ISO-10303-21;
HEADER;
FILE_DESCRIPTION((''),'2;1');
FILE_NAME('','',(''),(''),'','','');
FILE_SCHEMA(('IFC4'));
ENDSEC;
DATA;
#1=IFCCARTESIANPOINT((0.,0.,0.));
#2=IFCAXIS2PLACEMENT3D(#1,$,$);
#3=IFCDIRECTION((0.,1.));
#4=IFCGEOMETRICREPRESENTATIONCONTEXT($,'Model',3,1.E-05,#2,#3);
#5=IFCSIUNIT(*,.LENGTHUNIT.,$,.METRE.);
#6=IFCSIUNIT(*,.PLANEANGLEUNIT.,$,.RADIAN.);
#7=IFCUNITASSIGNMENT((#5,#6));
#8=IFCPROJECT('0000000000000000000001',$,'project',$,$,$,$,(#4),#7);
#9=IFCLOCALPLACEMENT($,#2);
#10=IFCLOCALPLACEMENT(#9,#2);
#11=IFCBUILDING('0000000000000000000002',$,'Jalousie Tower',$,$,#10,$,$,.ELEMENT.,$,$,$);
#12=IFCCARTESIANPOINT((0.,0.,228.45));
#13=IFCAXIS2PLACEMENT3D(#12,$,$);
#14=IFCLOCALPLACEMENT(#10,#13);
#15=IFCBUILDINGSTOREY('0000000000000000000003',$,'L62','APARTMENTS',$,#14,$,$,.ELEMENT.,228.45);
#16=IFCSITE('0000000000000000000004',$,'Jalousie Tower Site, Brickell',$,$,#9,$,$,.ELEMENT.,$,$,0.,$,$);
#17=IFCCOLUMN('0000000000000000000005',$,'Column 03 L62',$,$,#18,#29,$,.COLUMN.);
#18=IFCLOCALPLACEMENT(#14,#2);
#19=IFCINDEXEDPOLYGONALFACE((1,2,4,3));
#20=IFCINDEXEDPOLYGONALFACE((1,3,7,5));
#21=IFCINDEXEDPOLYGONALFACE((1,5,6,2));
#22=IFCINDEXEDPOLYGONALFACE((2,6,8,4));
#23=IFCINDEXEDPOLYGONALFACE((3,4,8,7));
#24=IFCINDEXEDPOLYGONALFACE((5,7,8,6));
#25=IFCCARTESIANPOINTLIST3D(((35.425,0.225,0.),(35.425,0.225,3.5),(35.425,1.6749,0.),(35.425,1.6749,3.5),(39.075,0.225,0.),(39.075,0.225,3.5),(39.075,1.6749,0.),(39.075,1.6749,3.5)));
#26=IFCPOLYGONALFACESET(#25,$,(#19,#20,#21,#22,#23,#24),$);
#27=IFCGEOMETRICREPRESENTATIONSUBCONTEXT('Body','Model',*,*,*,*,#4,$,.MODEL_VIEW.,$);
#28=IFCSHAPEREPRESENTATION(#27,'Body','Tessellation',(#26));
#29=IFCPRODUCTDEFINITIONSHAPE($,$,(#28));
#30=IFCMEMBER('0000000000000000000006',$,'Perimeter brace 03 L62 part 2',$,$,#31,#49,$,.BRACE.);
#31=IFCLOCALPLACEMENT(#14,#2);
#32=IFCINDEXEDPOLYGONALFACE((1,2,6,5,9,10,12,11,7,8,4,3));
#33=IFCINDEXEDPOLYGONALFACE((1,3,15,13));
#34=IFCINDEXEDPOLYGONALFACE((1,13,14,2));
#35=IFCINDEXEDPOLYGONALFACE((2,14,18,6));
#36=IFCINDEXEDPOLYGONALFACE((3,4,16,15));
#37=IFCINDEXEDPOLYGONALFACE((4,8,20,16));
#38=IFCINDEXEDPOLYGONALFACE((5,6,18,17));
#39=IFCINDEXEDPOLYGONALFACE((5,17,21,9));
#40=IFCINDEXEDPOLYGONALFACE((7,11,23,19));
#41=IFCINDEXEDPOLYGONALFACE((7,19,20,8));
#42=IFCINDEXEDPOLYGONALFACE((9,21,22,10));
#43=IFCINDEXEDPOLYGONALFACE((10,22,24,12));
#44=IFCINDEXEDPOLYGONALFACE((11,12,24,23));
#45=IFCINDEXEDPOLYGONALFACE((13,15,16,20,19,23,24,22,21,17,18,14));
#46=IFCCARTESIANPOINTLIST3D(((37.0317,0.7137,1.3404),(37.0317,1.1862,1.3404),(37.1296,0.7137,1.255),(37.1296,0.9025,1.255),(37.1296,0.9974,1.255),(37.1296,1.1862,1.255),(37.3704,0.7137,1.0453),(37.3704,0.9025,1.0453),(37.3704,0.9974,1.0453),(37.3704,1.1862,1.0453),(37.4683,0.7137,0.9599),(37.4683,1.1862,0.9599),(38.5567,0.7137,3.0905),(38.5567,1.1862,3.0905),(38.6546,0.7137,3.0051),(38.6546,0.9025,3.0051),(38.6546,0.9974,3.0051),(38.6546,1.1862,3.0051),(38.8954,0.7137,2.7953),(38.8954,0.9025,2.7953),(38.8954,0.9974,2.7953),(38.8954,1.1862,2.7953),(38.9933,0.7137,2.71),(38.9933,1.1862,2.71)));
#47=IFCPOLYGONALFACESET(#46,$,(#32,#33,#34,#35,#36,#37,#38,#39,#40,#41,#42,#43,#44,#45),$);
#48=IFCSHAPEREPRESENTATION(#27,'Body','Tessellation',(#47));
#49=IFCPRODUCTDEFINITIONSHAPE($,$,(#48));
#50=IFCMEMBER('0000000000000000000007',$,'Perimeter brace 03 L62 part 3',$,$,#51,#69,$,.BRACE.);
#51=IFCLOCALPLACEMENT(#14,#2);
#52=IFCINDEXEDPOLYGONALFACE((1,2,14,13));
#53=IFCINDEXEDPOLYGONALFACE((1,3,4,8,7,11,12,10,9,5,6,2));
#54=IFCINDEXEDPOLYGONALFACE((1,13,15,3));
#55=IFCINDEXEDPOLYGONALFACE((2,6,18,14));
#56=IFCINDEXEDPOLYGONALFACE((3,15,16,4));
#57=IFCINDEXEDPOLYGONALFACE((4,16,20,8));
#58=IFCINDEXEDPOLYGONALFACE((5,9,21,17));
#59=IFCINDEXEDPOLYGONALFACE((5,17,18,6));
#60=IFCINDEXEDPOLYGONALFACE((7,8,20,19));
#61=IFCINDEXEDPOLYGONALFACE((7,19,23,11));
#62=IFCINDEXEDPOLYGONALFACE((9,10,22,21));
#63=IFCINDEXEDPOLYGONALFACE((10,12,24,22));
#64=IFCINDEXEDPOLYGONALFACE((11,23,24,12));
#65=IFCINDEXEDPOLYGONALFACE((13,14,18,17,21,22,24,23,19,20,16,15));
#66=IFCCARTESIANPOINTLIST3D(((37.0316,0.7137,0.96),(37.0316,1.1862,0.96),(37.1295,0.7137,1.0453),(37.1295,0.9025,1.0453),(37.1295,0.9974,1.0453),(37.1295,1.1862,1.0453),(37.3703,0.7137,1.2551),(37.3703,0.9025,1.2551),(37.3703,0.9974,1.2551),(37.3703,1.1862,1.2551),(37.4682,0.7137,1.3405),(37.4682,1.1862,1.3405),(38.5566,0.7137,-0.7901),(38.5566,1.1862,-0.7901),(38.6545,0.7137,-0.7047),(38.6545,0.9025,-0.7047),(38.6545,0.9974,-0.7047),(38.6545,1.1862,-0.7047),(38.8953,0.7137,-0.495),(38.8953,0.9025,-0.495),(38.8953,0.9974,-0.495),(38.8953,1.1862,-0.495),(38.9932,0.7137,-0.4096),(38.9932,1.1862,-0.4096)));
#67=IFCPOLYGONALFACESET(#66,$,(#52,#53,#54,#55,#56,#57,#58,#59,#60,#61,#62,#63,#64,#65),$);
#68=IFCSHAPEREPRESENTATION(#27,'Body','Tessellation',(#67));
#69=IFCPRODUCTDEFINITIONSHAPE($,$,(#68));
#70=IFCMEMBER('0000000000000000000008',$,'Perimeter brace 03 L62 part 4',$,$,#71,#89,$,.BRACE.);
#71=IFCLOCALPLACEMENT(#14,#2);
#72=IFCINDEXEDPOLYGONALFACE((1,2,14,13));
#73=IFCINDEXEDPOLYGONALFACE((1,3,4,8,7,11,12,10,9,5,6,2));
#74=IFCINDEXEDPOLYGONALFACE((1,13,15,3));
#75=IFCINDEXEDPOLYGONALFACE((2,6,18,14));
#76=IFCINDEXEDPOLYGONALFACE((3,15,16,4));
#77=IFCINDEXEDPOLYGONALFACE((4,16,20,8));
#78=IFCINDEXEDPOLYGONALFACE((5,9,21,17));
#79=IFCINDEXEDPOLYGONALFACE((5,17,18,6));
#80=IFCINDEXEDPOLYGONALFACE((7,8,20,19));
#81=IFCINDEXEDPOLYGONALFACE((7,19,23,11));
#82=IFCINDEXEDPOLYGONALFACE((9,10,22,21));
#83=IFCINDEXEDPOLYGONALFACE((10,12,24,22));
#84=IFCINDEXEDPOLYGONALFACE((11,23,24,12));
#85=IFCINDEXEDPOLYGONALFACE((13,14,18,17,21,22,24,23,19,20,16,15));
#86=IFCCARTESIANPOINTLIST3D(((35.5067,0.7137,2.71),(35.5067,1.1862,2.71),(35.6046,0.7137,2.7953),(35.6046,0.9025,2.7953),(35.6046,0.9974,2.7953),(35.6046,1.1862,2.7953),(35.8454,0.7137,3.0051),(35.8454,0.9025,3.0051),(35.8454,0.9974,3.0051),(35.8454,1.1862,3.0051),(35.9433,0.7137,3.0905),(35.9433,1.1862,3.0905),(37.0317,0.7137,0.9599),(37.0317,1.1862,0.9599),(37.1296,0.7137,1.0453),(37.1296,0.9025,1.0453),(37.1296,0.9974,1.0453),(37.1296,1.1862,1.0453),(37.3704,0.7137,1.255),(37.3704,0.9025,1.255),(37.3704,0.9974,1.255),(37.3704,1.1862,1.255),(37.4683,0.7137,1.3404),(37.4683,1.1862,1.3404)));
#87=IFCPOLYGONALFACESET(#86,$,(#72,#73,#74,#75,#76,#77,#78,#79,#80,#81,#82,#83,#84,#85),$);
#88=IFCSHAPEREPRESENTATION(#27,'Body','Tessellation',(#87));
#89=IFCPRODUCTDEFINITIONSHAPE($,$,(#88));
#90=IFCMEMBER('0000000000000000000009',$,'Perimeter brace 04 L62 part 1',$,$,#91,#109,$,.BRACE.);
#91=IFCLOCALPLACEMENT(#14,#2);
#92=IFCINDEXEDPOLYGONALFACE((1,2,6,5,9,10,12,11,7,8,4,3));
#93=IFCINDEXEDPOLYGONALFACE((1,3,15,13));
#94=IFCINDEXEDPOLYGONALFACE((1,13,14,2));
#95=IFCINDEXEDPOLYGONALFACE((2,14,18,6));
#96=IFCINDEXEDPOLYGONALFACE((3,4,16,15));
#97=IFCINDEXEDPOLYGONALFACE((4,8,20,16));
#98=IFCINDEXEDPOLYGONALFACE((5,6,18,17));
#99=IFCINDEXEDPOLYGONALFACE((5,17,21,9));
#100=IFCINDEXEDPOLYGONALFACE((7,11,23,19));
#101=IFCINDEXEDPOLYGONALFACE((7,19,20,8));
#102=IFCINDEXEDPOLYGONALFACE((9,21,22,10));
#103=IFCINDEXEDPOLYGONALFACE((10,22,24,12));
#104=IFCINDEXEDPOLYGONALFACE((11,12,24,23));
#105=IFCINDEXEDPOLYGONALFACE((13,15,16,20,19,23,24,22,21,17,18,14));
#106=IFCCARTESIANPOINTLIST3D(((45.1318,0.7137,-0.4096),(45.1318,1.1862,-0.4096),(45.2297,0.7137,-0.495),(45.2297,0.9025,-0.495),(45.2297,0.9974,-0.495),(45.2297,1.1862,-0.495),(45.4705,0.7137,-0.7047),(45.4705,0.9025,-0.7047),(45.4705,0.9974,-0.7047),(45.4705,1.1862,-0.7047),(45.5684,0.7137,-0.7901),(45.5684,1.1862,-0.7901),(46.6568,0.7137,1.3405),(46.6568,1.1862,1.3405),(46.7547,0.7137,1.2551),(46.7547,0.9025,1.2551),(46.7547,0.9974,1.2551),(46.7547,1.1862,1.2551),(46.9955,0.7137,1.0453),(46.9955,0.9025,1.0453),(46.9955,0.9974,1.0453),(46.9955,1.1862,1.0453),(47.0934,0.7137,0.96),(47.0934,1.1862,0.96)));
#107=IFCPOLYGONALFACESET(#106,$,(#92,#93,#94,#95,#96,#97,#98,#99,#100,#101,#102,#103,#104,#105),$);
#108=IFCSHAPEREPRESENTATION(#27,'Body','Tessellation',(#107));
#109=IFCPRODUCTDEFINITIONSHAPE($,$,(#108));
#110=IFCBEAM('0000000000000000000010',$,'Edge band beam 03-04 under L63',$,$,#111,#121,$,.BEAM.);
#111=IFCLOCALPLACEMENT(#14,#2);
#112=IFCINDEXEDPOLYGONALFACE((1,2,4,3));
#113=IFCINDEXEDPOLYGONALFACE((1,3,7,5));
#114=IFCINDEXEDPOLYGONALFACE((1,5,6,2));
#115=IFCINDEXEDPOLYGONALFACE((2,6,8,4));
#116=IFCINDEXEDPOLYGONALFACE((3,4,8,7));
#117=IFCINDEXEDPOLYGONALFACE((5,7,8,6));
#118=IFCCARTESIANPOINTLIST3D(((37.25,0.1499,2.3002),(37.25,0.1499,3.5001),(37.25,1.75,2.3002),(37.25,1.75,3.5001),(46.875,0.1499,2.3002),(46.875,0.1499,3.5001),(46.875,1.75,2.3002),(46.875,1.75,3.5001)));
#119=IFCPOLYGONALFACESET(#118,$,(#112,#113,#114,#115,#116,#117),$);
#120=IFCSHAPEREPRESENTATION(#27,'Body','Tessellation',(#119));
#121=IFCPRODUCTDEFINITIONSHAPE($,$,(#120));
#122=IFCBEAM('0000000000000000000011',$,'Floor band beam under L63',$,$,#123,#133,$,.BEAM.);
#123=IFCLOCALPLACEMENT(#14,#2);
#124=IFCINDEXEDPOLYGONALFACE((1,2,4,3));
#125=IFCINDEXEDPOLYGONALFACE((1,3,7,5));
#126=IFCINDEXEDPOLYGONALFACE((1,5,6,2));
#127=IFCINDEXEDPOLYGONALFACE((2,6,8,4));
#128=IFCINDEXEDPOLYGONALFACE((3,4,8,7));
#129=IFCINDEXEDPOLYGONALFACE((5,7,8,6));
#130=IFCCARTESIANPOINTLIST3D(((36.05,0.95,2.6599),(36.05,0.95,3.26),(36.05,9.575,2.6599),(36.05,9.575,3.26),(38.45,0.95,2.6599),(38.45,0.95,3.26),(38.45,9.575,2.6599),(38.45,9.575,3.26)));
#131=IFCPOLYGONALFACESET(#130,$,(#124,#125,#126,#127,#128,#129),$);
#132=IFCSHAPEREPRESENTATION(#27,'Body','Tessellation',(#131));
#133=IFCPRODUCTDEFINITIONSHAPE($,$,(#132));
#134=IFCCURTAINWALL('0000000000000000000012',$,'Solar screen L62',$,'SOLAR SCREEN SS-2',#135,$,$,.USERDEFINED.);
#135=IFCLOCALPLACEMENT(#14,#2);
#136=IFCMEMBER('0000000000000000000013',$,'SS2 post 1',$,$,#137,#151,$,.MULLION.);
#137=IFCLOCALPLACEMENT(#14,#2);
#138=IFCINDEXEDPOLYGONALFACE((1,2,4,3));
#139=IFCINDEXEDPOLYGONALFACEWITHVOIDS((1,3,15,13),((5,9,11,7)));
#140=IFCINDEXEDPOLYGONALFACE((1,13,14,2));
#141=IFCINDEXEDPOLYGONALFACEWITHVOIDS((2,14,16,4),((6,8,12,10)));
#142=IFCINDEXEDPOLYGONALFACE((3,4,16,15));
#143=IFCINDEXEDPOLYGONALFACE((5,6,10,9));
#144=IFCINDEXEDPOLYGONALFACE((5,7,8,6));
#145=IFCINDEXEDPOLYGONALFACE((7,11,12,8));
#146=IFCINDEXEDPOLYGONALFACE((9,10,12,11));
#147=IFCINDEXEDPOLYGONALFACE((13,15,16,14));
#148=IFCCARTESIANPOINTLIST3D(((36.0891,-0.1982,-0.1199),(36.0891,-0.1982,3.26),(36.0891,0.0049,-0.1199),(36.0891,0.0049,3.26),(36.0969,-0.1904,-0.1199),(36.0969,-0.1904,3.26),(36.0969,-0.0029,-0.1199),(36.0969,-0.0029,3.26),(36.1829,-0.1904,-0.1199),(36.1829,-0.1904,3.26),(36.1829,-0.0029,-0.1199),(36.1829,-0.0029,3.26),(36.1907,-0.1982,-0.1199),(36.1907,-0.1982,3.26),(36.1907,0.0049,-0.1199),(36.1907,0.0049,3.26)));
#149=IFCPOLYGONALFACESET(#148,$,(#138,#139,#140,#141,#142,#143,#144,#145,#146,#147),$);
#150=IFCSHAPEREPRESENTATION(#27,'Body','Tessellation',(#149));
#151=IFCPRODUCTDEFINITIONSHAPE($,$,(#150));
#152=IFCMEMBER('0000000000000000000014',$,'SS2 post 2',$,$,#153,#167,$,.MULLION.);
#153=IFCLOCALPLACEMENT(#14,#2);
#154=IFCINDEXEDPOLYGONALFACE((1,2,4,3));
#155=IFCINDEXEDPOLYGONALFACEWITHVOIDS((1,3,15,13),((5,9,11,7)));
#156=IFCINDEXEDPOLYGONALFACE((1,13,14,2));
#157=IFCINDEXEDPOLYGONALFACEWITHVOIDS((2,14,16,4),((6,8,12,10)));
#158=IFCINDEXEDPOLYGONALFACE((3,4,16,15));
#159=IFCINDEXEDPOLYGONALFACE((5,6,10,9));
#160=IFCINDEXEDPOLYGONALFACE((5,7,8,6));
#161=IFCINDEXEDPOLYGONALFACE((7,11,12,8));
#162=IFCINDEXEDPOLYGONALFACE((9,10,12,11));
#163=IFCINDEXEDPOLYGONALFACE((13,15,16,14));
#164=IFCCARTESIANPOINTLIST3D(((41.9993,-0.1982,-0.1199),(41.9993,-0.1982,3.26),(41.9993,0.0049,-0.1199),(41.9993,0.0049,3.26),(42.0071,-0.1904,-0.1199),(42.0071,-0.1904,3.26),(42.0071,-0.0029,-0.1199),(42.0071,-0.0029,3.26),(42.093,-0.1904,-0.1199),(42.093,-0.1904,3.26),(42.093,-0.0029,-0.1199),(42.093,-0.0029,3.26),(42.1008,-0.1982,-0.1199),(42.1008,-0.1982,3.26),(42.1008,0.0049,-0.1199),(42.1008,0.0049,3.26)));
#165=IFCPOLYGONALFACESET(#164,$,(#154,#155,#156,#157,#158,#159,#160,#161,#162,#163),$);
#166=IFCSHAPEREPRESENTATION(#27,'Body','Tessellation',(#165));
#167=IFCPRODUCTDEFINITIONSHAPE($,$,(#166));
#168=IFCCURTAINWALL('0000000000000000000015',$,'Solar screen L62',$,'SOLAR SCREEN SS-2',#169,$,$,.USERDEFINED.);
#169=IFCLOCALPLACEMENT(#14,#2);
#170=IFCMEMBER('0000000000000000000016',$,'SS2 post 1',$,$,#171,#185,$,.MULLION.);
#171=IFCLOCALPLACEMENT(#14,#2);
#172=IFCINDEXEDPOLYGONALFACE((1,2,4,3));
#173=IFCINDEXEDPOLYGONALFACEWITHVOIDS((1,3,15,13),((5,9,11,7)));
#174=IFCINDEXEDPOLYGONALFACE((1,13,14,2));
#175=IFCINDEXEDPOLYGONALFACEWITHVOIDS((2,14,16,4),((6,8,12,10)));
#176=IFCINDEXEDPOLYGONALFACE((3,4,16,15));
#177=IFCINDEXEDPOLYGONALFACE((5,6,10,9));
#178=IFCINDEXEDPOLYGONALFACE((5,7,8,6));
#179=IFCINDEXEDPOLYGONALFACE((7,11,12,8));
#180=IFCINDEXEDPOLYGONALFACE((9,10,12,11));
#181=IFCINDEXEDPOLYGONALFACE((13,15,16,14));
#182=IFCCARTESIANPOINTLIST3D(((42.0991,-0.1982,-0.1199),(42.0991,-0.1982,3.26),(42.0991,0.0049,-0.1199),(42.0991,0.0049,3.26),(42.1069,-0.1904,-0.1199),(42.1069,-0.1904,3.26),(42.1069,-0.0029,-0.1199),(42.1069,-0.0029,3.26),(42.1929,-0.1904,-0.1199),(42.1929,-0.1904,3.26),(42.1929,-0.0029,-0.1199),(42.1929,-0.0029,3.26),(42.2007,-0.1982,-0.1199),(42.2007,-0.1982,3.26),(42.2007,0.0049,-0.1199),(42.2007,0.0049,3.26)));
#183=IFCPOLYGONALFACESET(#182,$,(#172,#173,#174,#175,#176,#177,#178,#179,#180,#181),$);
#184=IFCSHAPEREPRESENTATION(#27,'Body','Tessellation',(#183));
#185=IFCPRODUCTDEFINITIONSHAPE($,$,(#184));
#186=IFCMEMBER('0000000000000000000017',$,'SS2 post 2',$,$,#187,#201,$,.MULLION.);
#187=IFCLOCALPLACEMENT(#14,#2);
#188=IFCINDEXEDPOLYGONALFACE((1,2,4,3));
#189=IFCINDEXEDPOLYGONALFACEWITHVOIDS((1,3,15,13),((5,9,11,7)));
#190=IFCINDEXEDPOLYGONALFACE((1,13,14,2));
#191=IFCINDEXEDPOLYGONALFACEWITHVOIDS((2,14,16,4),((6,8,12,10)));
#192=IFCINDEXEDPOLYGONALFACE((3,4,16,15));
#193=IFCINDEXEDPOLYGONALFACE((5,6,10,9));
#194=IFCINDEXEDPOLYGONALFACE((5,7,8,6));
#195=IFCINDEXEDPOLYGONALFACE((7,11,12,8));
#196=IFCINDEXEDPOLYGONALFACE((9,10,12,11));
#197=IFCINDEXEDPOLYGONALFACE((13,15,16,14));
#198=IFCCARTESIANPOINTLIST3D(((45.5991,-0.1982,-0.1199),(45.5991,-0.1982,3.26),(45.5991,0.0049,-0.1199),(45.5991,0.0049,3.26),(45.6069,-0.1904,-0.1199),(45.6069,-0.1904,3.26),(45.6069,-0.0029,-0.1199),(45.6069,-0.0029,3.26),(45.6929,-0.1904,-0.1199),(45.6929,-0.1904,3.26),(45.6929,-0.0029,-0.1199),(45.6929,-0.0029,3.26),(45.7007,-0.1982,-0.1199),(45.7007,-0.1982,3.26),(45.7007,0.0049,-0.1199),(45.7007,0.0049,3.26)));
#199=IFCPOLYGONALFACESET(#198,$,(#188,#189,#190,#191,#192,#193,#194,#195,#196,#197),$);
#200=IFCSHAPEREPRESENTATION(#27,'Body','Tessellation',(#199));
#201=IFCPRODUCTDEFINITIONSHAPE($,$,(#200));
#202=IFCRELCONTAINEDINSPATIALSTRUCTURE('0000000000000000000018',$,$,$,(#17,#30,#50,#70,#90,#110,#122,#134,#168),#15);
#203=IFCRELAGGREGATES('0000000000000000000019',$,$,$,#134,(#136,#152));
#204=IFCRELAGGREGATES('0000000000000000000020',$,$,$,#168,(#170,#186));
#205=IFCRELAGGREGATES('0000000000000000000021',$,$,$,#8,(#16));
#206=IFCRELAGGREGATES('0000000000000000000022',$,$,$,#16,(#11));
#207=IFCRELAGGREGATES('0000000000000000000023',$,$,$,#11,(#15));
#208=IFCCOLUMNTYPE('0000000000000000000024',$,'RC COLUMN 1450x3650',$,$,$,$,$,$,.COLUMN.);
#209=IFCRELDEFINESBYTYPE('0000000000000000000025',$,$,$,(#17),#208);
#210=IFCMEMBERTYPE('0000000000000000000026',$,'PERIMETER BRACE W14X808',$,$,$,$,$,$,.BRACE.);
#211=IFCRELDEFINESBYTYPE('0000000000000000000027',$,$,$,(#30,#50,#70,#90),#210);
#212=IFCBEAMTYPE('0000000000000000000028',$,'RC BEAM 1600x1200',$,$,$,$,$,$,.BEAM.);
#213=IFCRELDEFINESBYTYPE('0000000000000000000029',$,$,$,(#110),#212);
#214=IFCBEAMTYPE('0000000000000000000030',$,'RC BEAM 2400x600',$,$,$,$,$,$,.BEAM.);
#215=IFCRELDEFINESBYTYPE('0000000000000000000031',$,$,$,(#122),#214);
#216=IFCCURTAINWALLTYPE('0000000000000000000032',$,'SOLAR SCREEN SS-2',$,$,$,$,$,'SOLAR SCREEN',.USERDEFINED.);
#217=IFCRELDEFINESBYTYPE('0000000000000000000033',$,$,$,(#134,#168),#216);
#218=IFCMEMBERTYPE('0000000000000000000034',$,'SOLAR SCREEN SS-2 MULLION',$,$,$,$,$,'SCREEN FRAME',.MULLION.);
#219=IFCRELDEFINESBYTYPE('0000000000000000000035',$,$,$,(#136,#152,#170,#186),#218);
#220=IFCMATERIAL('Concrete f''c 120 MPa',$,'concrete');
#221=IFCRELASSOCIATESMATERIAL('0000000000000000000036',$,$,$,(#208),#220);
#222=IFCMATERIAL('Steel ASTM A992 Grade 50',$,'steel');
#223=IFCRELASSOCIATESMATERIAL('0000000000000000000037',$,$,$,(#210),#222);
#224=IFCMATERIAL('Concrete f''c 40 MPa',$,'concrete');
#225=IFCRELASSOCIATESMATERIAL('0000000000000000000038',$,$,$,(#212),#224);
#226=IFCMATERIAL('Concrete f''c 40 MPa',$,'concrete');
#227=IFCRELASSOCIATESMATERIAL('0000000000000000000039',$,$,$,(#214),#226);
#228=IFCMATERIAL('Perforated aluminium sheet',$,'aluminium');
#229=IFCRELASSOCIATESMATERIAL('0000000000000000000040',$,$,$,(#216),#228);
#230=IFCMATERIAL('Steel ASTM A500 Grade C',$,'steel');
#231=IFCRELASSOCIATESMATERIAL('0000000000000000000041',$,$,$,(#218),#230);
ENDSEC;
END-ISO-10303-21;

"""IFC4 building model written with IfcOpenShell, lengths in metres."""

from ifc_helpers import new_model, si_unit, direction, frame, origin, origin_2d, place, context, subcontext, project, spatial, rectangle, hollow_rectangle, i_section, extrude, material, material_profile, profile_set, type_object, element, aggregate, save


model = new_model("IFC4")

# Units and contexts
model_context = context("Model", 3, precision=1e-05, world=origin(), true_north=direction((0.0, 1.0)))
body_context = subcontext(model_context, "Body", "Model", "MODEL_VIEW")
ifc_project = project(units=[si_unit("LENGTHUNIT", "METRE"), si_unit("PLANEANGLEUNIT", "RADIAN")], contexts=[model_context])

# Site, building, storey
site_placement = place(None, origin())
site = spatial("IfcSite", under=ifc_project, at=site_placement, Name="Jalousie Tower Site, Brickell", CompositionType="ELEMENT", RefElevation=0.0)
building_placement = place(site_placement, origin())
building = spatial("IfcBuilding", under=site, at=building_placement, Name="Jalousie Tower", CompositionType="ELEMENT")
storey_placement = place(building_placement, frame((0.0, 0.0, 228.45)))
storey = spatial("IfcBuildingStorey", under=building, at=storey_placement, Name="L62", Description="APARTMENTS", CompositionType="ELEMENT", Elevation=228.45)

# Column
ifc_material_1 = material(Name="Concrete f'c 120 MPa", Category="concrete")
ifc_material_profile_1 = material_profile(ifc_material_1, rectangle(XDim=1.45, YDim=3.6499, at=origin_2d()), Name="RC 1450x3650")
ifc_profile_set_1 = profile_set([ifc_material_profile_1], Name="Concrete f'c 120 MPa")
column_type = type_object("IfcColumnType", Name="RC COLUMN 1450x3650", PredefinedType="COLUMN", material=ifc_profile_set_1)
column_placement = place(storey_placement, frame((37.25, 0.95, 0.0), z_axis=(0.0, 0.0, 1.0), x_axis=(0.0, 1.0, 0.0)))
element("IfcColumn", 1, at=column_placement, inside=storey, type_object=column_type, Name="Column 03 L62", PredefinedType="COLUMN", context=body_context, shape_type="SweptSolid", body=[
    extrude(rectangle(XDim=1.45, YDim=3.6499, at=origin_2d()), origin(), (0.0, 0.0, 1.0), 3.5),
])

# Members
ifc_material_2 = material(Name="Steel ASTM A992 Grade 50", Category="steel")
ifc_material_profile_2 = material_profile(ifc_material_2, i_section(OverallWidth=0.4724, OverallDepth=0.5791, WebThickness=0.095, FlangeThickness=0.1299, at=origin_2d()), Name="W14X808")
ifc_profile_set_2 = profile_set([ifc_material_profile_2], Name="Steel ASTM A992 Grade 50")
member_type_1 = type_object("IfcMemberType", Name="PERIMETER BRACE W14X808", PredefinedType="BRACE", material=ifc_profile_set_2)
for number, where, z_axis, x_axis, name in (
    (2, (37.25, 0.95, 1.1501), (0.656954, 0.0, 0.75393), (0.0, 1.0, 0.0), "Perimeter brace 03 L62 part 2"),
    (3, (38.7749, 0.95, -0.5999), (-0.656954, 0.0, 0.75393), (0.0, -1.0, 0.0), "Perimeter brace 03 L62 part 3"),
    (4, (37.25, 0.95, 1.1501), (-0.656954, 0.0, 0.75393), (0.0, -1.0, 0.0), "Perimeter brace 03 L62 part 4"),
    (5, (45.3501, 0.95, -0.5999), (0.656954, 0.0, 0.75393), (0.0, 1.0, 0.0), "Perimeter brace 04 L62 part 1"),
):
    element("IfcMember", number, at=place(storey_placement, frame(where, z_axis=z_axis, x_axis=x_axis)), inside=storey, type_object=member_type_1, Name=name, PredefinedType="BRACE", context=body_context, shape_type="SweptSolid", body=[
        extrude(i_section(OverallWidth=0.4724, OverallDepth=0.5791, WebThickness=0.095, FlangeThickness=0.1299, at=origin_2d()), origin(), (0.0, 0.0, 1.0), 2.3213),
    ])

# Beams
ifc_material_3 = material(Name="Concrete f'c 40 MPa", Category="concrete")
ifc_material_profile_3 = material_profile(ifc_material_3, rectangle(XDim=1.6001, YDim=1.2, at=origin_2d()), Name="RC 1600x1200")
ifc_profile_set_3 = profile_set([ifc_material_profile_3], Name="Concrete f'c 40 MPa")
beam_type_1 = type_object("IfcBeamType", Name="RC BEAM 1600x1200", PredefinedType="BEAM", material=ifc_profile_set_3)
beam_1_placement = place(storey_placement, frame((37.25, 0.95, 2.9001), z_axis=(1.0, 0.0, 0.0), x_axis=(0.0, 1.0, 0.0)))
element("IfcBeam", 6, at=beam_1_placement, inside=storey, type_object=beam_type_1, Name="Edge band beam 03-04 under L63", PredefinedType="BEAM", context=body_context, shape_type="SweptSolid", body=[
    extrude(rectangle(XDim=1.6001, YDim=1.2, at=origin_2d()), origin(), (0.0, 0.0, 1.0), 9.625),
])
ifc_material_4 = material(Name="Concrete f'c 40 MPa", Category="concrete")
ifc_material_profile_4 = material_profile(ifc_material_4, rectangle(XDim=2.3999, YDim=0.6001, at=origin_2d()), Name="RC 2400x600")
ifc_profile_set_4 = profile_set([ifc_material_profile_4], Name="Concrete f'c 40 MPa")
beam_type_2 = type_object("IfcBeamType", Name="RC BEAM 2400x600", PredefinedType="BEAM", material=ifc_profile_set_4)
beam_2_placement = place(storey_placement, frame((37.25, 0.95, 2.96), z_axis=(0.0, 1.0, 0.0), x_axis=(-1.0, 0.0, 0.0)))
element("IfcBeam", 7, at=beam_2_placement, inside=storey, type_object=beam_type_2, Name="Floor band beam under L63", PredefinedType="BEAM", context=body_context, shape_type="SweptSolid", body=[
    extrude(rectangle(XDim=2.3999, YDim=0.6001, at=origin_2d()), origin(), (0.0, 0.0, 1.0), 8.625),
])

# Curtain walls, members
ifc_material_5 = material(Name="Perforated aluminium sheet", Category="aluminium")
curtain_wall_type = type_object("IfcCurtainWallType", Name="SOLAR SCREEN SS-2", ElementType="SOLAR SCREEN", PredefinedType="USERDEFINED", material=ifc_material_5)
curtain_wall_1_placement = place(storey_placement, origin())
curtain_wall_1 = element("IfcCurtainWall", 8, at=curtain_wall_1_placement, inside=storey, type_object=curtain_wall_type, Name="Solar screen L62", ObjectType="SOLAR SCREEN SS-2", PredefinedType="USERDEFINED")
ifc_material_6 = material(Name="Steel ASTM A500 Grade C", Category="steel")
ifc_material_profile_5 = material_profile(ifc_material_6, hollow_rectangle(XDim=0.1016, YDim=0.2031, WallThickness=0.0078, at=origin_2d()), Name="HSS8X4X5/16")
ifc_profile_set_5 = profile_set([ifc_material_profile_5], Name="Steel ASTM A500 Grade C")
member_type_2 = type_object("IfcMemberType", Name="SOLAR SCREEN SS-2 MULLION", ElementType="SCREEN FRAME", PredefinedType="MULLION", material=ifc_profile_set_5)
member_1_placement = place(storey_placement, frame((36.1399, -0.0967, -0.1199), z_axis=(0.0, 0.0, 1.0), x_axis=(1.0, 0.0, 0.0)))
member_1 = element("IfcMember", 9, at=member_1_placement, type_object=member_type_2, Name="SS2 post 1", PredefinedType="MULLION", context=body_context, shape_type="SweptSolid", body=[
    extrude(hollow_rectangle(XDim=0.1016, YDim=0.2031, WallThickness=0.0078, at=origin_2d()), origin(), (0.0, 0.0, 1.0), 3.3799),
])
member_2_placement = place(storey_placement, frame((42.05, -0.0967, -0.1199), z_axis=(0.0, 0.0, 1.0), x_axis=(1.0, 0.0, 0.0)))
member_2 = element("IfcMember", 10, at=member_2_placement, type_object=member_type_2, Name="SS2 post 2", PredefinedType="MULLION", context=body_context, shape_type="SweptSolid", body=[
    extrude(hollow_rectangle(XDim=0.1016, YDim=0.2031, WallThickness=0.0078, at=origin_2d()), origin(), (0.0, 0.0, 1.0), 3.3799),
])
curtain_wall_2_placement = place(storey_placement, origin())
curtain_wall_2 = element("IfcCurtainWall", 11, at=curtain_wall_2_placement, inside=storey, type_object=curtain_wall_type, Name="Solar screen L62", ObjectType="SOLAR SCREEN SS-2", PredefinedType="USERDEFINED")
member_3_placement = place(storey_placement, frame((42.1499, -0.0967, -0.1199), z_axis=(0.0, 0.0, 1.0), x_axis=(1.0, 0.0, 0.0)))
member_3 = element("IfcMember", 12, at=member_3_placement, type_object=member_type_2, Name="SS2 post 1", PredefinedType="MULLION", context=body_context, shape_type="SweptSolid", body=[
    extrude(hollow_rectangle(XDim=0.1016, YDim=0.2031, WallThickness=0.0078, at=origin_2d()), origin(), (0.0, 0.0, 1.0), 3.3799),
])
member_4_placement = place(storey_placement, frame((45.6499, -0.0967, -0.1199), z_axis=(0.0, 0.0, 1.0), x_axis=(1.0, 0.0, 0.0)))
member_4 = element("IfcMember", 13, at=member_4_placement, type_object=member_type_2, Name="SS2 post 2", PredefinedType="MULLION", context=body_context, shape_type="SweptSolid", body=[
    extrude(hollow_rectangle(XDim=0.1016, YDim=0.2031, WallThickness=0.0078, at=origin_2d()), origin(), (0.0, 0.0, 1.0), 3.3799),
])

aggregate(curtain_wall_1, [member_1, member_2])
aggregate(curtain_wall_2, [member_3, member_4])

save(model, "model.ifc")
